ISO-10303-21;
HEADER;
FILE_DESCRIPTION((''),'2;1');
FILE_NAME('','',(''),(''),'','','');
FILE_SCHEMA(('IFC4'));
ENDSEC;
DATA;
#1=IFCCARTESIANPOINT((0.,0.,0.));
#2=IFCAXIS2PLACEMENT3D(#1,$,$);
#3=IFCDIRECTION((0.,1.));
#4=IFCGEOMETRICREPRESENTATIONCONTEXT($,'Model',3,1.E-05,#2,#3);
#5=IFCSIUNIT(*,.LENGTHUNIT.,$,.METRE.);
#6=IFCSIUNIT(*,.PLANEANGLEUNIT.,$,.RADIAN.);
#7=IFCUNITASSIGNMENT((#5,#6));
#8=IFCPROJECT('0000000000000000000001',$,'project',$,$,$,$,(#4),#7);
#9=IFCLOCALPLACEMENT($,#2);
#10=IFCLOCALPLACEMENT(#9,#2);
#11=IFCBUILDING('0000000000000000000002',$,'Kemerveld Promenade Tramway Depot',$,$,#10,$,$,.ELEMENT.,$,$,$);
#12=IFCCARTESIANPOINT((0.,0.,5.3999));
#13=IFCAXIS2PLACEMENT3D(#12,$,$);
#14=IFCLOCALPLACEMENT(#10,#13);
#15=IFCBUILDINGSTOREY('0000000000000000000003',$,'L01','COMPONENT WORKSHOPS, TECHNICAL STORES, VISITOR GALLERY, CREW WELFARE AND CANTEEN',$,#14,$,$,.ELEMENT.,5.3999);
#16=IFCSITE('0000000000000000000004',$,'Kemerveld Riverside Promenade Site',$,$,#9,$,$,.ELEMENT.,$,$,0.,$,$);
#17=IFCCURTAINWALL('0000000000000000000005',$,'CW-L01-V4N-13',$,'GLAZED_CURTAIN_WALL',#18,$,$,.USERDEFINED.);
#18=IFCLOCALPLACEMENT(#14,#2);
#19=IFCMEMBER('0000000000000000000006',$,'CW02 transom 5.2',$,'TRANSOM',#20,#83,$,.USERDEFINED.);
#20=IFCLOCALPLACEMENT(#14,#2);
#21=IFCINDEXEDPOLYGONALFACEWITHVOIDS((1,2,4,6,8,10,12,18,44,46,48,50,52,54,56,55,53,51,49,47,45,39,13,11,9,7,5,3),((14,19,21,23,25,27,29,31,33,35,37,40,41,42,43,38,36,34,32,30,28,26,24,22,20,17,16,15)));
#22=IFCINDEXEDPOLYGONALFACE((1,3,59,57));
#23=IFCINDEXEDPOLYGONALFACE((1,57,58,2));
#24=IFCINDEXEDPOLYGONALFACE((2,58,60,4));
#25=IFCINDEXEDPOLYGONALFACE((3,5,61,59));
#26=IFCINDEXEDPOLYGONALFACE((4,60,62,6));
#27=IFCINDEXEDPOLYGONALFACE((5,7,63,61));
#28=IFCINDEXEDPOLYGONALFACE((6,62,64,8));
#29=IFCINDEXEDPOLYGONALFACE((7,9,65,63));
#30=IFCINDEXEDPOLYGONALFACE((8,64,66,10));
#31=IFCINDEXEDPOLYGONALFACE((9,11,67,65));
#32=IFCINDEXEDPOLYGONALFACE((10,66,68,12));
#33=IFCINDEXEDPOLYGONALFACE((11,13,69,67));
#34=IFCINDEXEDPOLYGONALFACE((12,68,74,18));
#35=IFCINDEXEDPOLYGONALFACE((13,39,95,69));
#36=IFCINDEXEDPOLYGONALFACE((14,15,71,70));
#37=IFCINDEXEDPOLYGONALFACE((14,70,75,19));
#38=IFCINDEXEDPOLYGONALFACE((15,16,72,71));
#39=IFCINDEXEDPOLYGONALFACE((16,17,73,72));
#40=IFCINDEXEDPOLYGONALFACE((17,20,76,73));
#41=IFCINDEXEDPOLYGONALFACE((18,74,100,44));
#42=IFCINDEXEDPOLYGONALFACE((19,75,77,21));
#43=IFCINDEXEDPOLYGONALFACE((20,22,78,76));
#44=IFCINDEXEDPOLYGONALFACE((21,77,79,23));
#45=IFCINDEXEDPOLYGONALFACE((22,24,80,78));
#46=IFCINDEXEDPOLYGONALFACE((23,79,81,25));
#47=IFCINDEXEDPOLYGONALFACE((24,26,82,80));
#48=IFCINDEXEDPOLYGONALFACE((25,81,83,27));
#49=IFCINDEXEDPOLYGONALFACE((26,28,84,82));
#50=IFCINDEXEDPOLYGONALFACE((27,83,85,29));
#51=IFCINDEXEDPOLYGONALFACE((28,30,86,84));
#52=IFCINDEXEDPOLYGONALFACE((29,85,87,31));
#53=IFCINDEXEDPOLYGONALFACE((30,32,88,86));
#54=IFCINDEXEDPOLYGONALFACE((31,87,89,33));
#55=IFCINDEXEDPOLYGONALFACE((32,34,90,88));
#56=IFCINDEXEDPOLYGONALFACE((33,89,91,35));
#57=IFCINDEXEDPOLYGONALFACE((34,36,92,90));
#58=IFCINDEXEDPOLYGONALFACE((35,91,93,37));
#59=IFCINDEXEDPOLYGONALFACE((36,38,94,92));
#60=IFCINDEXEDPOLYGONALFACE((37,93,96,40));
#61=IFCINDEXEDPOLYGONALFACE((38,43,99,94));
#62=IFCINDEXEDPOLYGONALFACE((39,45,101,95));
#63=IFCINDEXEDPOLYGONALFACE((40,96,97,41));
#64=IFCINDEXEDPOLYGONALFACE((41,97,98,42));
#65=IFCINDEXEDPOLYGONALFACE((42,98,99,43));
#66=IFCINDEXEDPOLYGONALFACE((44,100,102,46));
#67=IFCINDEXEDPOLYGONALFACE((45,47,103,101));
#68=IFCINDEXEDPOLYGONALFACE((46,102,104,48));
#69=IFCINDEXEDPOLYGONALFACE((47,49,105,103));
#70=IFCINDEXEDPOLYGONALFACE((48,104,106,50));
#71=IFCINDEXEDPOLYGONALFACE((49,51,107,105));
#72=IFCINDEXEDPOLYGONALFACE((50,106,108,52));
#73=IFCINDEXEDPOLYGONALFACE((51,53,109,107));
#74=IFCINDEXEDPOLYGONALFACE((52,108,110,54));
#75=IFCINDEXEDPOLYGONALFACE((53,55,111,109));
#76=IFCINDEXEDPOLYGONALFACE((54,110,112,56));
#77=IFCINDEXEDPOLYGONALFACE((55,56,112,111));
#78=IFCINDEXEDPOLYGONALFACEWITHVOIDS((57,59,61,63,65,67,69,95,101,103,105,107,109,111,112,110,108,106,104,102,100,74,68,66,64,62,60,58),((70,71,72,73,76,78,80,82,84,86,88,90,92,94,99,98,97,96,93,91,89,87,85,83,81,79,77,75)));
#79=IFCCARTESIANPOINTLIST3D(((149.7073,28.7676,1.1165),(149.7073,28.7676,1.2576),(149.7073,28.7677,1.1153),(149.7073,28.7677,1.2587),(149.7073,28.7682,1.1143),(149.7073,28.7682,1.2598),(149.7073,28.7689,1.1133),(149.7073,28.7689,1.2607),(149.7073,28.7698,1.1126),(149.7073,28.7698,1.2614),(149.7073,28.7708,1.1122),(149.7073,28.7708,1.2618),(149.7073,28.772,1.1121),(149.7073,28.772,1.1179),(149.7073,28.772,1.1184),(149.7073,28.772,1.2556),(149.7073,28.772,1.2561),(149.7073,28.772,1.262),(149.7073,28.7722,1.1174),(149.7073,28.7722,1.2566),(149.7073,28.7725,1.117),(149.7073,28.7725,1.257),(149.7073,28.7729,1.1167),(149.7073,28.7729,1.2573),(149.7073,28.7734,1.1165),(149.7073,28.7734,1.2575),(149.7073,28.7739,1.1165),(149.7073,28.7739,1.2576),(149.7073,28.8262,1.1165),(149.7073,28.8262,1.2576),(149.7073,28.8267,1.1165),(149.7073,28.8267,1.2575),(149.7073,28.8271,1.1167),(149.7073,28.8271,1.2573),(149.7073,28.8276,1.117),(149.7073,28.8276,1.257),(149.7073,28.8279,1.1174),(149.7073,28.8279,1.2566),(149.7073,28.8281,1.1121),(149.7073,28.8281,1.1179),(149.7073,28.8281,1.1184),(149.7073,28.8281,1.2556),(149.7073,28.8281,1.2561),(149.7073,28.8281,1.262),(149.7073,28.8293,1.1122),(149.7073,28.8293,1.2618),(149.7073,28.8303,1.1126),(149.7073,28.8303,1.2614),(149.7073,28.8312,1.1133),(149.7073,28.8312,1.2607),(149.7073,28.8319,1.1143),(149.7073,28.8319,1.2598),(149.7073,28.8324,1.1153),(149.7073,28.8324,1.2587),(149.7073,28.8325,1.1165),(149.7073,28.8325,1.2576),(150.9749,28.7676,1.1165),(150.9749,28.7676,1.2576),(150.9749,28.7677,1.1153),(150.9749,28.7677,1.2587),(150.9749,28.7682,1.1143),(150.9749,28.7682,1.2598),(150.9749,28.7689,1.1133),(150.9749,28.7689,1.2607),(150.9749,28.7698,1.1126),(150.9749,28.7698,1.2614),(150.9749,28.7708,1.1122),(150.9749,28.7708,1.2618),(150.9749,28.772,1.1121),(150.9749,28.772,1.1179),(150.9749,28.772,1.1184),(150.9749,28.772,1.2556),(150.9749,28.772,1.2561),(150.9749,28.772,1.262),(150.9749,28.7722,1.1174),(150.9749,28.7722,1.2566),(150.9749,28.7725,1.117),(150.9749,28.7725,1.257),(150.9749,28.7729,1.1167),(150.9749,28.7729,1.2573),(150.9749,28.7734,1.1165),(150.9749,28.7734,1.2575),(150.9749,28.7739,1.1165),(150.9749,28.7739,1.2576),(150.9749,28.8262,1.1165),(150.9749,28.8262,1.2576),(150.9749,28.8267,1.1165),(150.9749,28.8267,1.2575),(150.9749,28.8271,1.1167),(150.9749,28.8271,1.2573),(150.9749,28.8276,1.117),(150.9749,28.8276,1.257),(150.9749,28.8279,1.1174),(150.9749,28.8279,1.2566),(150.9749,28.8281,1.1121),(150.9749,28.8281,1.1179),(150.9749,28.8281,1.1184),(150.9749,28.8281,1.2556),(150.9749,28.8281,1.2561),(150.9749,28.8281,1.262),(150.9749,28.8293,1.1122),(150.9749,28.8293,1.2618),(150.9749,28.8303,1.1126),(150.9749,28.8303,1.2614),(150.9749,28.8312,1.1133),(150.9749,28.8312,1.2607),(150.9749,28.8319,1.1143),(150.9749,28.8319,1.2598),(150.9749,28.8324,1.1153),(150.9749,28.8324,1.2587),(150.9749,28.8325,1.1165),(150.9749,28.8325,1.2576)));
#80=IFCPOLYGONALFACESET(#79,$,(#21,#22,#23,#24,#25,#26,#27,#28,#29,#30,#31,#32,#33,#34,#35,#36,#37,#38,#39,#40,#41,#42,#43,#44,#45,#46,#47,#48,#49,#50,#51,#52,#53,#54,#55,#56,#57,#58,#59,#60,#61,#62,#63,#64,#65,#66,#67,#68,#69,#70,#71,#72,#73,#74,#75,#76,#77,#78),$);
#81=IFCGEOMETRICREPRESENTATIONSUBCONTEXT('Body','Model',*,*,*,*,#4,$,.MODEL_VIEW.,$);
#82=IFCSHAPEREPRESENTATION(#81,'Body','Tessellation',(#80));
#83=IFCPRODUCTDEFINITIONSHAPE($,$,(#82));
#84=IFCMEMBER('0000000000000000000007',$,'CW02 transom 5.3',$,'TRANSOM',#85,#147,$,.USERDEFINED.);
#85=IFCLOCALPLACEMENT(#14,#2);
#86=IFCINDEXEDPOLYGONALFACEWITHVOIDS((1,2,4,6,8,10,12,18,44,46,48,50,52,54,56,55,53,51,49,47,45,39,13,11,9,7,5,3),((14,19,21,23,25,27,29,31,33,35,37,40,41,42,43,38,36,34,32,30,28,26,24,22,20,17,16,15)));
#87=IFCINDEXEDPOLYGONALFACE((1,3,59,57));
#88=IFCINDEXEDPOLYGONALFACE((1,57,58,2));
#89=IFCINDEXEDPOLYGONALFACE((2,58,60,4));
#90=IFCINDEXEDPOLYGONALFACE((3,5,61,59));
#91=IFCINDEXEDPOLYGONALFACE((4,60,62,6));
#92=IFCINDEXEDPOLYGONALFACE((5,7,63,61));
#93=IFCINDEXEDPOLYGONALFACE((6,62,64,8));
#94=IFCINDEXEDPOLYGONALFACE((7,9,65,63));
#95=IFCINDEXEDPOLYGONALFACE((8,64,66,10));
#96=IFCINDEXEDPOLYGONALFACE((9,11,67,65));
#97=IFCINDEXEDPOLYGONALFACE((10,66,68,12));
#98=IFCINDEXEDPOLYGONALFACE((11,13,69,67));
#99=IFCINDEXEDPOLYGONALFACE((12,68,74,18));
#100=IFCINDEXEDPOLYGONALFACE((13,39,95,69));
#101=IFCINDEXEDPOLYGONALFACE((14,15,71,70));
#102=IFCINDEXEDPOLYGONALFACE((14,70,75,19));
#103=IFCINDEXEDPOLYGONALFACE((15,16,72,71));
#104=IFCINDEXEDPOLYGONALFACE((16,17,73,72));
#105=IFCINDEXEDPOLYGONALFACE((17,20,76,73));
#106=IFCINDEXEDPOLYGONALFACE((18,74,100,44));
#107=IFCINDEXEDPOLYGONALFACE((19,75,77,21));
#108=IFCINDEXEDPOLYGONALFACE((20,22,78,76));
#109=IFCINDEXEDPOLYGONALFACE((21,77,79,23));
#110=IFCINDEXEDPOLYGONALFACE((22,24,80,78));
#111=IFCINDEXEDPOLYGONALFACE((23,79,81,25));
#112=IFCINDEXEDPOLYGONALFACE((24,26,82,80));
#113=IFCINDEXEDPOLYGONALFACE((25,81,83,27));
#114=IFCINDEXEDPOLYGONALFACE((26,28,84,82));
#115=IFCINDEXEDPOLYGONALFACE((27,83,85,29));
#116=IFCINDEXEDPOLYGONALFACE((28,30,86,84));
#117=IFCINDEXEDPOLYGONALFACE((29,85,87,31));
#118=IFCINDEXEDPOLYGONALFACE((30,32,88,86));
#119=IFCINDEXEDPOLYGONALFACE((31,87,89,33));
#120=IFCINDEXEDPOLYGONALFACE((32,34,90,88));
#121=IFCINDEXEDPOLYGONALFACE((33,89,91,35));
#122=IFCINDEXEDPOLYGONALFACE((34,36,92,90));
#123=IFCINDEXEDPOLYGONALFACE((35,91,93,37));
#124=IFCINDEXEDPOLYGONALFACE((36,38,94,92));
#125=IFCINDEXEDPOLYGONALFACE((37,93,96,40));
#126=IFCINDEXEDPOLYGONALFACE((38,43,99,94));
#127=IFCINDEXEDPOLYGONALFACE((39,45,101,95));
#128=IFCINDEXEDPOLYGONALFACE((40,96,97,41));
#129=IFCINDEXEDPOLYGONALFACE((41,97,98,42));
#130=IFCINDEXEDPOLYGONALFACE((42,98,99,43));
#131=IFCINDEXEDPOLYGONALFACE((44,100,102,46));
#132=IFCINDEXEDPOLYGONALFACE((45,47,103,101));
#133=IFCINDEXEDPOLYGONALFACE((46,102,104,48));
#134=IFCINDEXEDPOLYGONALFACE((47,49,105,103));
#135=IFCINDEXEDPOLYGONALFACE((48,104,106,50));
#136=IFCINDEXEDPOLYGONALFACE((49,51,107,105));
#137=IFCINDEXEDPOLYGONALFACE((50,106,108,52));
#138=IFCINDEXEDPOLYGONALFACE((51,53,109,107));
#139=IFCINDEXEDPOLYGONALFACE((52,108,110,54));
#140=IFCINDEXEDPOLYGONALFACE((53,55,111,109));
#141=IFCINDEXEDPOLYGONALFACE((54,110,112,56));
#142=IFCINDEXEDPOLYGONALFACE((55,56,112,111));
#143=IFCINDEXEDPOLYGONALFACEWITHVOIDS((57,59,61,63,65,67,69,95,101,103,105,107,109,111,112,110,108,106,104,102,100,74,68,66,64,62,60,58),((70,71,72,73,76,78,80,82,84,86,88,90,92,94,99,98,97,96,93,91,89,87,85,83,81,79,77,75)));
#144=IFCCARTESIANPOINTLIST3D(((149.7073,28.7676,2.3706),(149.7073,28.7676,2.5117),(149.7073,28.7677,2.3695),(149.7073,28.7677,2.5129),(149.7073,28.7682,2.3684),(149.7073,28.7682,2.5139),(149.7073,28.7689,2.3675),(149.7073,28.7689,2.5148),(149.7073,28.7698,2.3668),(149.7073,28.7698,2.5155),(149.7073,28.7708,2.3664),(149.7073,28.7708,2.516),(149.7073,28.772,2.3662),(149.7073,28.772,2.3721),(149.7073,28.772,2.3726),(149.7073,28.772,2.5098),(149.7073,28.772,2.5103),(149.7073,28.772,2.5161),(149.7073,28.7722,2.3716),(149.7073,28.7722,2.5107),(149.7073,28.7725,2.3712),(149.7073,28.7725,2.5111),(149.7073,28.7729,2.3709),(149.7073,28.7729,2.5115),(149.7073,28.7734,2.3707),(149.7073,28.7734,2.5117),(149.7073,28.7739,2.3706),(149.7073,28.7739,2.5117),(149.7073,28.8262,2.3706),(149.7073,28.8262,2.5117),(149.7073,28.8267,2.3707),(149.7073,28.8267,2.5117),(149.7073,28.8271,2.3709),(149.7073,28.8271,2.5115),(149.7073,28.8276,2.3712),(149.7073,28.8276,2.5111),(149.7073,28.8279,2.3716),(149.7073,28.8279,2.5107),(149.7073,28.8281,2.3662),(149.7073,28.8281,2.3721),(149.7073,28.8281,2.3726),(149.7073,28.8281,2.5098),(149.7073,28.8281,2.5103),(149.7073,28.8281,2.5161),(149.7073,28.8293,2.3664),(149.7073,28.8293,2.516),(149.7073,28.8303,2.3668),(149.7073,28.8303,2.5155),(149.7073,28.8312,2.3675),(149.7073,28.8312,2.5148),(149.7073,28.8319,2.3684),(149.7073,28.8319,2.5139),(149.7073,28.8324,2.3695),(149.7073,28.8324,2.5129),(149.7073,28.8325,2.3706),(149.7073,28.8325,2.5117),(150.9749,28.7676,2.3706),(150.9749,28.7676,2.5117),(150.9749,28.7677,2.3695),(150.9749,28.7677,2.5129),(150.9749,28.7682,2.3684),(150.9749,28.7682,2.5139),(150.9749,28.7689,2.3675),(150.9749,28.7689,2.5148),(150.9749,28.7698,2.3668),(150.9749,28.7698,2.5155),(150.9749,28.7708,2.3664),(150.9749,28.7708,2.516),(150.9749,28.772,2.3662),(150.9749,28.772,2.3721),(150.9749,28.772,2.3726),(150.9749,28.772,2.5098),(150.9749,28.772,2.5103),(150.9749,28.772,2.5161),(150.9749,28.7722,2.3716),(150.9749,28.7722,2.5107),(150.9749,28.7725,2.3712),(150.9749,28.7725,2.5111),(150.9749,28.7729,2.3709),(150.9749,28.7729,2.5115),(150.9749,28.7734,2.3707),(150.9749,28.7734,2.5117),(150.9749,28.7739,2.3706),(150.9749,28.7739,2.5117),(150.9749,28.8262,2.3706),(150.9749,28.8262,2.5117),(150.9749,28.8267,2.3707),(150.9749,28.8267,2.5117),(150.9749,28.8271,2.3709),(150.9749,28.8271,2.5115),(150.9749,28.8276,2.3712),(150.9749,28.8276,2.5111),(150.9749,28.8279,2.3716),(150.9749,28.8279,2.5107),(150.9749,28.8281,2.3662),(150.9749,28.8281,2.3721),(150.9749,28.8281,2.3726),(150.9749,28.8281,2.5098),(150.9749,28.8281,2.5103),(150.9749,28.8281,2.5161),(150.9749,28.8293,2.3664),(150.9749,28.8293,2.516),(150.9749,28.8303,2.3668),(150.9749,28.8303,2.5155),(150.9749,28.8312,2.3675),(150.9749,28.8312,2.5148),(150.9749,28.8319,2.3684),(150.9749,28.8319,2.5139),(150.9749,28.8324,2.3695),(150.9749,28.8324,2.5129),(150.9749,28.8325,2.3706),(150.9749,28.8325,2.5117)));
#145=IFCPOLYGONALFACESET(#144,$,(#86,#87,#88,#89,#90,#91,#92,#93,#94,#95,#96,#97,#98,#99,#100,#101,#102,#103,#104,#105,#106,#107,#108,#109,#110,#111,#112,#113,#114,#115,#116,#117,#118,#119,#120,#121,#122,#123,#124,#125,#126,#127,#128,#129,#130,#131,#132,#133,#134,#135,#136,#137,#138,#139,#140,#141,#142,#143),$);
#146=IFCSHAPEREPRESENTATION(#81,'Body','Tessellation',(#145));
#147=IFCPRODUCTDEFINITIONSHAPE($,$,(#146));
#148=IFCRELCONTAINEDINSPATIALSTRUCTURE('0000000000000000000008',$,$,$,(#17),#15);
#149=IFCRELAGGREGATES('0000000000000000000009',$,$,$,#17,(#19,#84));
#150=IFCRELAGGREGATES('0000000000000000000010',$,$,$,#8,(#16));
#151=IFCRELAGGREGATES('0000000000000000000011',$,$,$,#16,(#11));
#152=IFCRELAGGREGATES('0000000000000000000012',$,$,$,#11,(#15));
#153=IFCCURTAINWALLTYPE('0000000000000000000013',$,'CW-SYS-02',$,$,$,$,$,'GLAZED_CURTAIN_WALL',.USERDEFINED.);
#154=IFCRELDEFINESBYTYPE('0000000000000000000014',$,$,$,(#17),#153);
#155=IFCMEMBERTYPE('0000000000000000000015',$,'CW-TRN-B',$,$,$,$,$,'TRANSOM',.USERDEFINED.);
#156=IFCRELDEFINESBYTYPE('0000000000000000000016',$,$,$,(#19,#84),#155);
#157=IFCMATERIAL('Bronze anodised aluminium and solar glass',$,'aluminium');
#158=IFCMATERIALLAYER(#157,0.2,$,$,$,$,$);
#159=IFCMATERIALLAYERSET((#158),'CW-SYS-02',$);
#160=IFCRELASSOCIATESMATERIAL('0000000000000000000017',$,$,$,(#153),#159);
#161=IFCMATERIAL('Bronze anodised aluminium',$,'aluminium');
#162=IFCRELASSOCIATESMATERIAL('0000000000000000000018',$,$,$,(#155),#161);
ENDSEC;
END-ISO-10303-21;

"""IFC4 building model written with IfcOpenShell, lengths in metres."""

from ifc_helpers import new_model, si_unit, direction, frame, origin, origin_2d, place, context, subcontext, project, spatial, hollow_rectangle, extrude, material, layer, layer_set, material_profile, profile_set, type_object, element, aggregate, save


model = new_model("IFC4")

# Units and contexts
model_context = context("Model", 3, precision=1e-05, world=origin(), true_north=direction((0.0, 1.0)))
body_context = subcontext(model_context, "Body", "Model", "MODEL_VIEW")
ifc_project = project(units=[si_unit("LENGTHUNIT", "METRE"), si_unit("PLANEANGLEUNIT", "RADIAN")], contexts=[model_context])

# Site, building, storey
site_placement = place(None, origin())
site = spatial("IfcSite", under=ifc_project, at=site_placement, Name="Kemerveld Riverside Promenade Site", CompositionType="ELEMENT", RefElevation=0.0)
building_placement = place(site_placement, origin())
building = spatial("IfcBuilding", under=site, at=building_placement, Name="Kemerveld Promenade Tramway Depot", CompositionType="ELEMENT")
storey_placement = place(building_placement, frame((0.0, 0.0, 5.3999)))
storey = spatial("IfcBuildingStorey", under=building, at=storey_placement, Name="L01", Description="COMPONENT WORKSHOPS, TECHNICAL STORES, VISITOR GALLERY, CREW WELFARE AND CANTEEN", CompositionType="ELEMENT", Elevation=5.3999)

# Curtain wall, members
ifc_material_1 = material(Name="Bronze anodised aluminium and solar glass", Category="aluminium")
ifc_layer_1 = layer(ifc_material_1, 0.2)
ifc_layer_set_1 = layer_set([ifc_layer_1], Name="CW-SYS-02")
curtain_wall_type = type_object("IfcCurtainWallType", Name="CW-SYS-02", ElementType="GLAZED_CURTAIN_WALL", PredefinedType="USERDEFINED", material=ifc_layer_set_1)
curtain_wall_placement = place(storey_placement, origin())
curtain_wall = element("IfcCurtainWall", 1, at=curtain_wall_placement, inside=storey, type_object=curtain_wall_type, Name="CW-L01-V4N-13", ObjectType="GLAZED_CURTAIN_WALL", PredefinedType="USERDEFINED")
ifc_material_2 = material(Name="Bronze anodised aluminium", Category="aluminium")
ifc_material_profile_1 = material_profile(ifc_material_2, hollow_rectangle(XDim=0.0649, YDim=0.1499, WallThickness=0.0044, InnerFilletRadius=0.002, OuterFilletRadius=0.0044, at=origin_2d()), Name="CW-TRN-150x65")
ifc_profile_set_1 = profile_set([ifc_material_profile_1], Name="Bronze anodised aluminium")
member_type_1 = type_object("IfcMemberType", Name="CW-TRN-B", ElementType="TRANSOM", PredefinedType="USERDEFINED", material=ifc_profile_set_1)
member_1_placement = place(storey_placement, frame((149.7073, 28.8, 1.187), z_axis=(1.0, 0.0, 0.0), x_axis=(0.0, 1.0, 0.0)))
member_1 = element("IfcMember", 2, at=member_1_placement, type_object=member_type_1, Name="CW02 transom 5.2", ObjectType="TRANSOM", PredefinedType="USERDEFINED", context=body_context, shape_type="SweptSolid", body=[
    extrude(hollow_rectangle(XDim=0.0649, YDim=0.1499, WallThickness=0.0044, InnerFilletRadius=0.002, OuterFilletRadius=0.0044, at=origin_2d()), origin(), (0.0, 0.0, 1.0), 1.2676),
])
member_2_placement = place(storey_placement, frame((149.7073, 28.8, 2.4412), z_axis=(1.0, 0.0, 0.0), x_axis=(0.0, 1.0, 0.0)))
member_2 = element("IfcMember", 3, at=member_2_placement, type_object=member_type_1, Name="CW02 transom 5.3", ObjectType="TRANSOM", PredefinedType="USERDEFINED", context=body_context, shape_type="SweptSolid", body=[
    extrude(hollow_rectangle(XDim=0.0649, YDim=0.1499, WallThickness=0.0044, InnerFilletRadius=0.002, OuterFilletRadius=0.0044, at=origin_2d()), origin(), (0.0, 0.0, 1.0), 1.2676),
])
aggregate(curtain_wall, [member_1, member_2])

save(model, "model.ifc")
